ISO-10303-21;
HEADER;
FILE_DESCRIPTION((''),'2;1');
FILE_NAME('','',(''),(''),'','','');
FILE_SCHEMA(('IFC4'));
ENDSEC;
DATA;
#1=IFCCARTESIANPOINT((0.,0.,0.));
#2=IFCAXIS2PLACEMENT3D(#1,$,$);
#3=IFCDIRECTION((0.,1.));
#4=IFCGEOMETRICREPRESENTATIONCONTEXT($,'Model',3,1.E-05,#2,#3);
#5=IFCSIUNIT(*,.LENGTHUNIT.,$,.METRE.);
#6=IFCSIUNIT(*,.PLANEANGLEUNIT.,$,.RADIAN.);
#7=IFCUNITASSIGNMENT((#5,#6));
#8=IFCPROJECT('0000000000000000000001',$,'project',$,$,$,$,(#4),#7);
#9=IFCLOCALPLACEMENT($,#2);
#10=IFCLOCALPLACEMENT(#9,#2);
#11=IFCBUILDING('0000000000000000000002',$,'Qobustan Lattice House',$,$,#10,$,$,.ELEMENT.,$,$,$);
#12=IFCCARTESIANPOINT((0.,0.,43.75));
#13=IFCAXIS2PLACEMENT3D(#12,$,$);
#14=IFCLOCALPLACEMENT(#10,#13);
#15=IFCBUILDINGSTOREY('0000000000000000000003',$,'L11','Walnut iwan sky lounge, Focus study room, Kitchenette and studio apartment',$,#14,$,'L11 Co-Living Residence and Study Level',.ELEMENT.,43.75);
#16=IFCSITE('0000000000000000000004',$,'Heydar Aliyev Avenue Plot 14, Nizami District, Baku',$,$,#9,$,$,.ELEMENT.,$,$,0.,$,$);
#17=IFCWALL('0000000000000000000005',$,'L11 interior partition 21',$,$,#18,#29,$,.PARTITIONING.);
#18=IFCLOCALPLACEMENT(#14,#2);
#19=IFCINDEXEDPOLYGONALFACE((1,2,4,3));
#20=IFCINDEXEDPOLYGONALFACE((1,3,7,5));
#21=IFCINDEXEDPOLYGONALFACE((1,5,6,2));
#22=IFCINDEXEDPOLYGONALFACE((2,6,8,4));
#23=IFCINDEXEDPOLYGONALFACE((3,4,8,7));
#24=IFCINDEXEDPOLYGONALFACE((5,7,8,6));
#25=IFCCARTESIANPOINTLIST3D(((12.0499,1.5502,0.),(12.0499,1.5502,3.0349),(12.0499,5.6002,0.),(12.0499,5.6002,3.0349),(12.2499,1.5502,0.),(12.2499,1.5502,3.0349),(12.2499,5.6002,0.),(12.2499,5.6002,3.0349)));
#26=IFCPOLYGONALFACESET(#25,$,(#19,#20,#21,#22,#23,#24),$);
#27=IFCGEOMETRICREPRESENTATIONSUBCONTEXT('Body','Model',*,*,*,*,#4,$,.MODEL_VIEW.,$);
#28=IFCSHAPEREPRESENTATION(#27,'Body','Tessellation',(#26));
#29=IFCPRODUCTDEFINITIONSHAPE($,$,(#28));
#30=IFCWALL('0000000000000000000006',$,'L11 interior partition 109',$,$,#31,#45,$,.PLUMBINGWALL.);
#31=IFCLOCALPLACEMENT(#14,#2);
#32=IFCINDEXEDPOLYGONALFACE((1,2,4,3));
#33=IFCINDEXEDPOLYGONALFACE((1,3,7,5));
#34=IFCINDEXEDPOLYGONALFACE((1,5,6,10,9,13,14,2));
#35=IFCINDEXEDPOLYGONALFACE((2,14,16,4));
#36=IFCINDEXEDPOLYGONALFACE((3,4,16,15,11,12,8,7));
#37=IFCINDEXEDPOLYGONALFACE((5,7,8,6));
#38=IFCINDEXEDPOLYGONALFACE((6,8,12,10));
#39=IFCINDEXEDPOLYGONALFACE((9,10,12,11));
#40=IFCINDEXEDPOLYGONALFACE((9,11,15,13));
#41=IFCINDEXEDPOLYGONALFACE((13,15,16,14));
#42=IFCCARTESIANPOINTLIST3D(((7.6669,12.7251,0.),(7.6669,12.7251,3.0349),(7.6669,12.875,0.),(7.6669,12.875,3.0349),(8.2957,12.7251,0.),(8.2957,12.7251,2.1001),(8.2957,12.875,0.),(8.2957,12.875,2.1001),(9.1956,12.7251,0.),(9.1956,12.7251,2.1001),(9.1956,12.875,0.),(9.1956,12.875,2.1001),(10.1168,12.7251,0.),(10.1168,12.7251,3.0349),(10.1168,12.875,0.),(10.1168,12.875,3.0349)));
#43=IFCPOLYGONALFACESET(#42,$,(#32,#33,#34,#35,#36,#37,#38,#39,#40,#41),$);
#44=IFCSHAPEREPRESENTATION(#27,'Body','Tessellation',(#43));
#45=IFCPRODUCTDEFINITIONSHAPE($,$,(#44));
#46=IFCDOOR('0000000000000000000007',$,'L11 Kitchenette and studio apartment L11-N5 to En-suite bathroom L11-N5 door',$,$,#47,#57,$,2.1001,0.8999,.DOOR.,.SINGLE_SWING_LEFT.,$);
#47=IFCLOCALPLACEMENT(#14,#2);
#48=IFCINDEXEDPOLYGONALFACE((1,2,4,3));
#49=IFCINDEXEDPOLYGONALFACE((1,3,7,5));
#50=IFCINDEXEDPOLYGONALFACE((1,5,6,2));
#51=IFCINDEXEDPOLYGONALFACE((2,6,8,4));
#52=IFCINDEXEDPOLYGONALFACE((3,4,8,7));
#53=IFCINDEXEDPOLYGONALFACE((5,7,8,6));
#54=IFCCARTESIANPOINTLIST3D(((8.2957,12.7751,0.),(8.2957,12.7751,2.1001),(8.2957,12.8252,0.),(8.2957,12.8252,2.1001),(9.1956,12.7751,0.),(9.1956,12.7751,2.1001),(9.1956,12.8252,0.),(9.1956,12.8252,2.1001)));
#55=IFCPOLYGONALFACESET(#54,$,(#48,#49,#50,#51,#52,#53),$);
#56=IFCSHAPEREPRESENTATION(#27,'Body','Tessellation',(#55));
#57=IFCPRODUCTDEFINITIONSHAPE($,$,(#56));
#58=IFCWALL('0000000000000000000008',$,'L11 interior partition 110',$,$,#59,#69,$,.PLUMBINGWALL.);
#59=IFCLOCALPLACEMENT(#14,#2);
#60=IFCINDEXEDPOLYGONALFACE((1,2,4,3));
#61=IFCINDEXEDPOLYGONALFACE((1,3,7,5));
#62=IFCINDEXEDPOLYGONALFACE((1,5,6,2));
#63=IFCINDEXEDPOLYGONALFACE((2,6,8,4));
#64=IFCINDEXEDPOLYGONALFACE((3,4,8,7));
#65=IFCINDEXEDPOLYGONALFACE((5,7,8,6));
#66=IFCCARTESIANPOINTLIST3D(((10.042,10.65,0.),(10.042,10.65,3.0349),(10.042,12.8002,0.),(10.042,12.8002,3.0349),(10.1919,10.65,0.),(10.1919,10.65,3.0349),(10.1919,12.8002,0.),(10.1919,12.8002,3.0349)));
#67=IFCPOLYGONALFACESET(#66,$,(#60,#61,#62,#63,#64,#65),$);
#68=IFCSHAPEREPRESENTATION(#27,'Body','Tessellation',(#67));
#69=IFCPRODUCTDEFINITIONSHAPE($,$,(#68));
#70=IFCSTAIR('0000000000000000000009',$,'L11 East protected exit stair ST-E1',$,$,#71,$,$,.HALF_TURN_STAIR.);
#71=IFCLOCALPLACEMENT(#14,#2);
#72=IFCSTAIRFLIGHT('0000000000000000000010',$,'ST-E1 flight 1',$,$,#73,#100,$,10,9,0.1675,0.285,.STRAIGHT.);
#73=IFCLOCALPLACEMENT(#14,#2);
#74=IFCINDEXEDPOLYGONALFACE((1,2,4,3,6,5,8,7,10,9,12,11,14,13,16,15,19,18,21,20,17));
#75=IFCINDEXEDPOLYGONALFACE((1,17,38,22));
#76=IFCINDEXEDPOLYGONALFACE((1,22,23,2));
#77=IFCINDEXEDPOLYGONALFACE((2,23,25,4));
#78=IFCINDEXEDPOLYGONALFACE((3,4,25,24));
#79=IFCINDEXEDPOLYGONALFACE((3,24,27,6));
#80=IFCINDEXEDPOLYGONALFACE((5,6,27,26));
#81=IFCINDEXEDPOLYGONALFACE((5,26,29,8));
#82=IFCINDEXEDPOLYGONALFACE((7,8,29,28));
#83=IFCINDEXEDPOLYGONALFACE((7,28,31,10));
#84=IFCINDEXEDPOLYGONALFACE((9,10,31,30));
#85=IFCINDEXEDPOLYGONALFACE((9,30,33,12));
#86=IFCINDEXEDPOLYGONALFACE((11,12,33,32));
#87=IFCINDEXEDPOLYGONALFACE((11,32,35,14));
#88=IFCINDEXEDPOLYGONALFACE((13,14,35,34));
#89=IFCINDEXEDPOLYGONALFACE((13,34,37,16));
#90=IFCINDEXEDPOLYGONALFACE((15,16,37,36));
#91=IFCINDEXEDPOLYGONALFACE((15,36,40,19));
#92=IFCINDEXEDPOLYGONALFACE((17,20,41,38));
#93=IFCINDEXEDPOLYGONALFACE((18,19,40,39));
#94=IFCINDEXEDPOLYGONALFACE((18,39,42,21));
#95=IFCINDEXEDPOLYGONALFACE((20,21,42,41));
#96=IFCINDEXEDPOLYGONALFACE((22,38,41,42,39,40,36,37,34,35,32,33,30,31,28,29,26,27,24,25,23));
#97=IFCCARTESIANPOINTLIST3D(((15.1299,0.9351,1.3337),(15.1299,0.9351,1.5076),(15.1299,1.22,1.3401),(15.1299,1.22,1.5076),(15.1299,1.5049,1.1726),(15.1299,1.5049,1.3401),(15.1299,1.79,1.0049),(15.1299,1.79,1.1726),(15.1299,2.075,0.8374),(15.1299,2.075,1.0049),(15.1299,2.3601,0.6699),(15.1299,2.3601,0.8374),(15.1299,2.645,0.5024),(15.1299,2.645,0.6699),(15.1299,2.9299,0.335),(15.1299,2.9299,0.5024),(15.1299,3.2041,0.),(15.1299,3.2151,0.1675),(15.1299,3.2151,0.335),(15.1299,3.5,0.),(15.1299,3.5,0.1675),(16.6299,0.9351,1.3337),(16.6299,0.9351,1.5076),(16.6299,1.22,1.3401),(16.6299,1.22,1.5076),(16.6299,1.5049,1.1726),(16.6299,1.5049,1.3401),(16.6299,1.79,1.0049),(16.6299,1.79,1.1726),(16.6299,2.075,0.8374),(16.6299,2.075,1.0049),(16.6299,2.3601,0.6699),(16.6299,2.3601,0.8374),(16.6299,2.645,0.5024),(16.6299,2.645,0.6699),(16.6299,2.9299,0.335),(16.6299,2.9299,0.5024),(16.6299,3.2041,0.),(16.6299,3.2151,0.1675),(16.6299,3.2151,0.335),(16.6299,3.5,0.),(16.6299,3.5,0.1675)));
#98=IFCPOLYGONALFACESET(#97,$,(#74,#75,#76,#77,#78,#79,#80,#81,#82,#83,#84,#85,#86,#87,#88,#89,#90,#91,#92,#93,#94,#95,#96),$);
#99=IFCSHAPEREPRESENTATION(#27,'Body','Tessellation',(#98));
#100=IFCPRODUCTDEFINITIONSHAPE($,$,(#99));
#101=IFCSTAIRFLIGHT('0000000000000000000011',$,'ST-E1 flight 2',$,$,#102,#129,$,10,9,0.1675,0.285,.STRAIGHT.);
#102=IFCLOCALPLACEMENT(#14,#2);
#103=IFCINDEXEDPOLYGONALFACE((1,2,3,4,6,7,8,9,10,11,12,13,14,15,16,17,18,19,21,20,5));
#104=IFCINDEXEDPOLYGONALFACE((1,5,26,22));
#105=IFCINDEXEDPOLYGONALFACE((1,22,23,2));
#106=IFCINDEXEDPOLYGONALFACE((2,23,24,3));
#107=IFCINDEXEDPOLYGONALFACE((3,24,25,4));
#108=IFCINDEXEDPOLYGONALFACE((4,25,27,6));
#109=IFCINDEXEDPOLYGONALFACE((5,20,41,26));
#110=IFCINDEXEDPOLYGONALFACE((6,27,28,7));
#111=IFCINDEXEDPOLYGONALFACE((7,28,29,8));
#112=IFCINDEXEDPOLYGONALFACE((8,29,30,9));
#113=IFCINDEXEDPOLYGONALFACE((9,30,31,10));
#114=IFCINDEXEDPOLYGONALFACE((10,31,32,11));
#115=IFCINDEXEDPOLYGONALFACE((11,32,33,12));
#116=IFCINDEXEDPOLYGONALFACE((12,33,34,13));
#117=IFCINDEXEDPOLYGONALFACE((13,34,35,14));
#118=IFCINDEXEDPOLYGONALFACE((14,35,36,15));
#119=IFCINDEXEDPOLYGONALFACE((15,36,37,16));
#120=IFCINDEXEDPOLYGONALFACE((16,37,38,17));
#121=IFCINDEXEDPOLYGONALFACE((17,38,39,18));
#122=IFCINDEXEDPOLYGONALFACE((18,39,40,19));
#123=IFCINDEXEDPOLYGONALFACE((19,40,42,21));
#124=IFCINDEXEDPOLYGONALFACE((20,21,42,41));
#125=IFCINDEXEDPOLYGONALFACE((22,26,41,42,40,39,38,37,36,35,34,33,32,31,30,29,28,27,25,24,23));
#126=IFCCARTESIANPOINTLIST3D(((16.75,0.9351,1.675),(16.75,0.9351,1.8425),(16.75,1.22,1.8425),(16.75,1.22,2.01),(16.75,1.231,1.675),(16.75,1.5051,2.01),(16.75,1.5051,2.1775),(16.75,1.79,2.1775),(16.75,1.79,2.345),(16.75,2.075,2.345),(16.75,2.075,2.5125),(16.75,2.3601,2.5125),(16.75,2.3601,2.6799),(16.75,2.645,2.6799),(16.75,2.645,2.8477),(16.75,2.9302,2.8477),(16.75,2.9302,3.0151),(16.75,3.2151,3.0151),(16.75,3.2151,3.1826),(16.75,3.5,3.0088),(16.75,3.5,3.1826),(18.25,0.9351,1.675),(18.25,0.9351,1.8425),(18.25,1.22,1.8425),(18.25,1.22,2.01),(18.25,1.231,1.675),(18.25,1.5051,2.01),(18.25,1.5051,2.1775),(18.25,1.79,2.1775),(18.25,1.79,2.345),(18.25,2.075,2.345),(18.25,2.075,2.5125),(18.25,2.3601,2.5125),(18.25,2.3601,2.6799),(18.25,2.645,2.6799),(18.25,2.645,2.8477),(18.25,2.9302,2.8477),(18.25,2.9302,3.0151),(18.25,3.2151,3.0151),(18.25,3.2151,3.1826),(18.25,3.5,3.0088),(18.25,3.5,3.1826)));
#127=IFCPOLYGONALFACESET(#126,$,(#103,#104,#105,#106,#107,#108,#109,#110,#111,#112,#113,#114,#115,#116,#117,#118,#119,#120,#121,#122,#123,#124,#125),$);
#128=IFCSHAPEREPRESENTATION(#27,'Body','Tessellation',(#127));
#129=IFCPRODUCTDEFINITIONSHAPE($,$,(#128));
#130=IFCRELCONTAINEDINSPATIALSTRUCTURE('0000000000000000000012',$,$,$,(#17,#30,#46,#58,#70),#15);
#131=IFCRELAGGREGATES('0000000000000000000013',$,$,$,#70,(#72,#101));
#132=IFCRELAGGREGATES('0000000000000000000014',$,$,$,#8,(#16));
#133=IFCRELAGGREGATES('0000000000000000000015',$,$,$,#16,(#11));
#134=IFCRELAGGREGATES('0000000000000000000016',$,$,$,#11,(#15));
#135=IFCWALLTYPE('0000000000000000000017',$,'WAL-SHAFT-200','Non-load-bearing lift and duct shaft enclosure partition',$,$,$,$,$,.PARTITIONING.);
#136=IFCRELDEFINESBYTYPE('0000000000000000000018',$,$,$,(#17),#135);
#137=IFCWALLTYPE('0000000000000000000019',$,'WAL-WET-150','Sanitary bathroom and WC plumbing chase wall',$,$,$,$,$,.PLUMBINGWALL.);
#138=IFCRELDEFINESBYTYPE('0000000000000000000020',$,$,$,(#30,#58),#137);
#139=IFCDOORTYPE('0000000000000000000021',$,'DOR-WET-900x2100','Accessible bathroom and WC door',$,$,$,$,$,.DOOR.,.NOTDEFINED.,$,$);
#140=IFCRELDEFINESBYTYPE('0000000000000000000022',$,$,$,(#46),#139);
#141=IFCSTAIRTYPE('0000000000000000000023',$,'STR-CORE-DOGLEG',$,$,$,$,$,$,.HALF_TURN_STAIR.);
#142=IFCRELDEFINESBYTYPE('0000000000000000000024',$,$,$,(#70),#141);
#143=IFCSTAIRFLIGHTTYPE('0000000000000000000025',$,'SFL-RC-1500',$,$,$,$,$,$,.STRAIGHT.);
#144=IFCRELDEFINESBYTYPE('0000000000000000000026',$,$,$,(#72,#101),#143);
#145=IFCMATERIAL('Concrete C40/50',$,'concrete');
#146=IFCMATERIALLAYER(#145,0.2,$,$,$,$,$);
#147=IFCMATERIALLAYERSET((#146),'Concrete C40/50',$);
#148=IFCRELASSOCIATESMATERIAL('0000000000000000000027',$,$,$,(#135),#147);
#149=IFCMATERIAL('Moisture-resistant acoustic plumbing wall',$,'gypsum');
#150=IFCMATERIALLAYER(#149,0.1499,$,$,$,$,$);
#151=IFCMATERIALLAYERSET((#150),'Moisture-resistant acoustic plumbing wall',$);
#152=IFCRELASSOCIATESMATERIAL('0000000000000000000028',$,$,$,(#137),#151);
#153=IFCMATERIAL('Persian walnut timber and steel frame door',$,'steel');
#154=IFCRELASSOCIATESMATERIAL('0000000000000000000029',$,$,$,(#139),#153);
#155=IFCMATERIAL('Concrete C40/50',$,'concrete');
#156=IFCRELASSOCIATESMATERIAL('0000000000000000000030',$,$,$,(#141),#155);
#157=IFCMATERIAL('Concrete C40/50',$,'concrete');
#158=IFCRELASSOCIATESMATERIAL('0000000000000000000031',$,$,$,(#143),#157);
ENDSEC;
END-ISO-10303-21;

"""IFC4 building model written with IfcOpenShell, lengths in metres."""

from ifc_helpers import new_model, si_unit, direction, frame, frame_2d, origin, place, context, subcontext, project, spatial, polyline, rectangle, outline, extrude, material, layer, layer_set, type_object, element, fill, aggregate, save


model = new_model("IFC4")

# Units and contexts
model_context = context("Model", 3, precision=1e-05, world=origin(), true_north=direction((0.0, 1.0)))
body_context = subcontext(model_context, "Body", "Model", "MODEL_VIEW")
ifc_project = project(units=[si_unit("LENGTHUNIT", "METRE"), si_unit("PLANEANGLEUNIT", "RADIAN")], contexts=[model_context])

# Site, building, storey
site_placement = place(None, origin())
site = spatial("IfcSite", under=ifc_project, at=site_placement, Name="Heydar Aliyev Avenue Plot 14, Nizami District, Baku", CompositionType="ELEMENT", RefElevation=0.0)
building_placement = place(site_placement, origin())
building = spatial("IfcBuilding", under=site, at=building_placement, Name="Qobustan Lattice House", CompositionType="ELEMENT")
storey_placement = place(building_placement, frame((0.0, 0.0, 43.75)))
storey = spatial("IfcBuildingStorey", under=building, at=storey_placement, Name="L11", Description="Walnut iwan sky lounge, Focus study room, Kitchenette and studio apartment", LongName="L11 Co-Living Residence and Study Level", CompositionType="ELEMENT", Elevation=43.75)

# Wall
ifc_material_1 = material(Name="Concrete C40/50", Category="concrete")
ifc_layer_1 = layer(ifc_material_1, 0.2)
ifc_layer_set_1 = layer_set([ifc_layer_1], Name="Concrete C40/50")
wall_type_1 = type_object("IfcWallType", Name="WAL-SHAFT-200", Description="Non-load-bearing lift and duct shaft enclosure partition", PredefinedType="PARTITIONING", material=ifc_layer_set_1)
wall_1_placement = place(storey_placement, frame((12.1499, 5.6001, 0.0), z_axis=(0.0, 0.0, 1.0), x_axis=(0.0, -1.0, 0.0)))
element("IfcWall", 1, at=wall_1_placement, inside=storey, type_object=wall_type_1, Name="L11 interior partition 21", PredefinedType="PARTITIONING", context=body_context, shape_type="SweptSolid", body=[
    extrude(rectangle(XDim=4.05, YDim=0.2, at=frame_2d((2.0249, 0.0))), origin(), (0.0, 0.0, 1.0), 3.0349),
])

# Wall, opening, door
ifc_material_2 = material(Name="Moisture-resistant acoustic plumbing wall", Category="gypsum")
ifc_layer_2 = layer(ifc_material_2, 0.1499)
ifc_layer_set_2 = layer_set([ifc_layer_2], Name="Moisture-resistant acoustic plumbing wall")
wall_type_2 = type_object("IfcWallType", Name="WAL-WET-150", Description="Sanitary bathroom and WC plumbing chase wall", PredefinedType="PLUMBINGWALL", material=ifc_layer_set_2)
wall_2_placement = place(storey_placement, frame((10.1169, 12.8, 0.0), z_axis=(0.0, 0.0, 1.0), x_axis=(-1.0, 0.0, 0.0)))
wall_2 = element("IfcWall", 2, at=wall_2_placement, inside=storey, type_object=wall_type_2, Name="L11 interior partition 109", PredefinedType="PLUMBINGWALL", context=body_context, shape_type="SweptSolid", body=[
    extrude(rectangle(XDim=2.45, YDim=0.1499, at=frame_2d((1.2251, 0.0))), origin(), (0.0, 0.0, 1.0), 3.0349),
])
opening_1_placement = place(wall_2_placement, frame((0.9214, 0.0, 0.0)))
opening_1 = element("IfcOpeningElement", 3, at=opening_1_placement, cuts=wall_2, PredefinedType="OPENING", context=body_context, shape_type="SweptSolid", body=[
    extrude(rectangle(XDim=0.8999, YDim=2.1001, at=frame_2d((0.45, 1.05))), frame((0.0, 0.085, 0.0), z_axis=(0.0, -1.0, 0.0), x_axis=(1.0, 0.0, 0.0)), (0.0, 0.0, 1.0), 0.1699),
])
ifc_material_3 = material(Name="Persian walnut timber and steel frame door", Category="steel")
door_type_1 = type_object("IfcDoorType", Name="DOR-WET-900x2100", Description="Accessible bathroom and WC door", OperationType="NOTDEFINED", PredefinedType="DOOR", material=ifc_material_3)
door_1_placement = place(opening_1_placement, origin())
door_1 = element("IfcDoor", 4, at=door_1_placement, inside=storey, type_object=door_type_1, Name="L11 Kitchenette and studio apartment L11-N5 to En-suite bathroom L11-N5 door", OperationType="SINGLE_SWING_LEFT", OverallHeight=2.1001, OverallWidth=0.8999, PredefinedType="DOOR", context=body_context, shape_type="SweptSolid", body=[
    extrude(rectangle(XDim=0.8999, YDim=2.1001, at=frame_2d((0.45, 1.05))), frame((0.0, 0.0249, 0.0), z_axis=(0.0, -1.0, 0.0), x_axis=(1.0, 0.0, 0.0)), (0.0, 0.0, 1.0), 0.05),
])
fill(opening_1, door_1)

# Wall
wall_3_placement = place(storey_placement, frame((10.1169, 10.6499, 0.0), z_axis=(0.0, 0.0, 1.0), x_axis=(0.0, 1.0, 0.0)))
element("IfcWall", 5, at=wall_3_placement, inside=storey, type_object=wall_type_2, Name="L11 interior partition 110", PredefinedType="PLUMBINGWALL", context=body_context, shape_type="SweptSolid", body=[
    extrude(rectangle(XDim=2.1501, YDim=0.1499, at=frame_2d((1.0752, 0.0))), origin(), (0.0, 0.0, 1.0), 3.0349),
])

# Stair, stair flights
ifc_material_4 = material(Name="Concrete C40/50", Category="concrete")
stair_type = type_object("IfcStairType", Name="STR-CORE-DOGLEG", PredefinedType="HALF_TURN_STAIR", material=ifc_material_4)
stair_placement = place(storey_placement, origin())
stair = element("IfcStair", 6, at=stair_placement, inside=storey, type_object=stair_type, Name="L11 East protected exit stair ST-E1", PredefinedType="HALF_TURN_STAIR")
ifc_material_5 = material(Name="Concrete C40/50", Category="concrete")
stair_flight_type = type_object("IfcStairFlightType", Name="SFL-RC-1500", PredefinedType="STRAIGHT", material=ifc_material_5)
stair_flight_1_placement = place(storey_placement, frame((15.8799, 3.5, 0.0), z_axis=(0.0, 0.0, 1.0), x_axis=(0.0, -1.0, 0.0)))
stair_flight_1 = element("IfcStairFlight", 7, at=stair_flight_1_placement, type_object=stair_flight_type, Name="ST-E1 flight 1", NumberOfRisers=10, NumberOfTreads=9, PredefinedType="STRAIGHT", RiserHeight=0.1675, TreadLength=0.285, context=body_context, shape_type="SweptSolid", body=[
    extrude(outline(polyline([(0.0, 0.0), (0.0, 0.1675), (0.2849, 0.1675), (0.2849, 0.335), (0.5701, 0.335), (0.5701, 0.5024), (0.855, 0.5024), (0.855, 0.6699), (1.1399, 0.6699), (1.1399, 0.8374), (1.425, 0.8374), (1.425, 1.0049), (1.71, 1.0049), (1.71, 1.1726), (1.9951, 1.1726), (1.9951, 1.3401), (2.28, 1.3401), (2.28, 1.5076), (2.5649, 1.5076), (2.5649, 1.675), (2.5649, 1.3337), (0.2959, 0.0), (0.0, 0.0)])), frame((0.0, 0.75, 0.0), z_axis=(0.0, -1.0, 0.0), x_axis=(1.0, 0.0, 0.0)), (0.0, 0.0, 1.0), 1.5),
])
stair_flight_2_placement = place(storey_placement, frame((17.5, 0.9351, 1.675), z_axis=(0.0, 0.0, 1.0), x_axis=(0.0, 1.0, 0.0)))
stair_flight_2 = element("IfcStairFlight", 8, at=stair_flight_2_placement, type_object=stair_flight_type, Name="ST-E1 flight 2", NumberOfRisers=10, NumberOfTreads=9, PredefinedType="STRAIGHT", RiserHeight=0.1675, TreadLength=0.285, context=body_context, shape_type="SweptSolid", body=[
    extrude(outline(polyline([(0.0, 0.0), (0.0, 0.1675), (0.2849, 0.1675), (0.2849, 0.335), (0.5701, 0.335), (0.5701, 0.5024), (0.855, 0.5024), (0.855, 0.6699), (1.1399, 0.6699), (1.1399, 0.8374), (1.425, 0.8374), (1.425, 1.0049), (1.71, 1.0049), (1.71, 1.1726), (1.9951, 1.1726), (1.9951, 1.3401), (2.28, 1.3401), (2.28, 1.5076), (2.5649, 1.5076), (2.5649, 1.675), (2.5649, 1.3337), (0.2959, 0.0), (0.0, 0.0)])), frame((0.0, 0.75, 0.0), z_axis=(0.0, -1.0, 0.0), x_axis=(1.0, 0.0, 0.0)), (0.0, 0.0, 1.0), 1.5),
])
aggregate(stair, [stair_flight_1, stair_flight_2])

save(model, "model.ifc")
